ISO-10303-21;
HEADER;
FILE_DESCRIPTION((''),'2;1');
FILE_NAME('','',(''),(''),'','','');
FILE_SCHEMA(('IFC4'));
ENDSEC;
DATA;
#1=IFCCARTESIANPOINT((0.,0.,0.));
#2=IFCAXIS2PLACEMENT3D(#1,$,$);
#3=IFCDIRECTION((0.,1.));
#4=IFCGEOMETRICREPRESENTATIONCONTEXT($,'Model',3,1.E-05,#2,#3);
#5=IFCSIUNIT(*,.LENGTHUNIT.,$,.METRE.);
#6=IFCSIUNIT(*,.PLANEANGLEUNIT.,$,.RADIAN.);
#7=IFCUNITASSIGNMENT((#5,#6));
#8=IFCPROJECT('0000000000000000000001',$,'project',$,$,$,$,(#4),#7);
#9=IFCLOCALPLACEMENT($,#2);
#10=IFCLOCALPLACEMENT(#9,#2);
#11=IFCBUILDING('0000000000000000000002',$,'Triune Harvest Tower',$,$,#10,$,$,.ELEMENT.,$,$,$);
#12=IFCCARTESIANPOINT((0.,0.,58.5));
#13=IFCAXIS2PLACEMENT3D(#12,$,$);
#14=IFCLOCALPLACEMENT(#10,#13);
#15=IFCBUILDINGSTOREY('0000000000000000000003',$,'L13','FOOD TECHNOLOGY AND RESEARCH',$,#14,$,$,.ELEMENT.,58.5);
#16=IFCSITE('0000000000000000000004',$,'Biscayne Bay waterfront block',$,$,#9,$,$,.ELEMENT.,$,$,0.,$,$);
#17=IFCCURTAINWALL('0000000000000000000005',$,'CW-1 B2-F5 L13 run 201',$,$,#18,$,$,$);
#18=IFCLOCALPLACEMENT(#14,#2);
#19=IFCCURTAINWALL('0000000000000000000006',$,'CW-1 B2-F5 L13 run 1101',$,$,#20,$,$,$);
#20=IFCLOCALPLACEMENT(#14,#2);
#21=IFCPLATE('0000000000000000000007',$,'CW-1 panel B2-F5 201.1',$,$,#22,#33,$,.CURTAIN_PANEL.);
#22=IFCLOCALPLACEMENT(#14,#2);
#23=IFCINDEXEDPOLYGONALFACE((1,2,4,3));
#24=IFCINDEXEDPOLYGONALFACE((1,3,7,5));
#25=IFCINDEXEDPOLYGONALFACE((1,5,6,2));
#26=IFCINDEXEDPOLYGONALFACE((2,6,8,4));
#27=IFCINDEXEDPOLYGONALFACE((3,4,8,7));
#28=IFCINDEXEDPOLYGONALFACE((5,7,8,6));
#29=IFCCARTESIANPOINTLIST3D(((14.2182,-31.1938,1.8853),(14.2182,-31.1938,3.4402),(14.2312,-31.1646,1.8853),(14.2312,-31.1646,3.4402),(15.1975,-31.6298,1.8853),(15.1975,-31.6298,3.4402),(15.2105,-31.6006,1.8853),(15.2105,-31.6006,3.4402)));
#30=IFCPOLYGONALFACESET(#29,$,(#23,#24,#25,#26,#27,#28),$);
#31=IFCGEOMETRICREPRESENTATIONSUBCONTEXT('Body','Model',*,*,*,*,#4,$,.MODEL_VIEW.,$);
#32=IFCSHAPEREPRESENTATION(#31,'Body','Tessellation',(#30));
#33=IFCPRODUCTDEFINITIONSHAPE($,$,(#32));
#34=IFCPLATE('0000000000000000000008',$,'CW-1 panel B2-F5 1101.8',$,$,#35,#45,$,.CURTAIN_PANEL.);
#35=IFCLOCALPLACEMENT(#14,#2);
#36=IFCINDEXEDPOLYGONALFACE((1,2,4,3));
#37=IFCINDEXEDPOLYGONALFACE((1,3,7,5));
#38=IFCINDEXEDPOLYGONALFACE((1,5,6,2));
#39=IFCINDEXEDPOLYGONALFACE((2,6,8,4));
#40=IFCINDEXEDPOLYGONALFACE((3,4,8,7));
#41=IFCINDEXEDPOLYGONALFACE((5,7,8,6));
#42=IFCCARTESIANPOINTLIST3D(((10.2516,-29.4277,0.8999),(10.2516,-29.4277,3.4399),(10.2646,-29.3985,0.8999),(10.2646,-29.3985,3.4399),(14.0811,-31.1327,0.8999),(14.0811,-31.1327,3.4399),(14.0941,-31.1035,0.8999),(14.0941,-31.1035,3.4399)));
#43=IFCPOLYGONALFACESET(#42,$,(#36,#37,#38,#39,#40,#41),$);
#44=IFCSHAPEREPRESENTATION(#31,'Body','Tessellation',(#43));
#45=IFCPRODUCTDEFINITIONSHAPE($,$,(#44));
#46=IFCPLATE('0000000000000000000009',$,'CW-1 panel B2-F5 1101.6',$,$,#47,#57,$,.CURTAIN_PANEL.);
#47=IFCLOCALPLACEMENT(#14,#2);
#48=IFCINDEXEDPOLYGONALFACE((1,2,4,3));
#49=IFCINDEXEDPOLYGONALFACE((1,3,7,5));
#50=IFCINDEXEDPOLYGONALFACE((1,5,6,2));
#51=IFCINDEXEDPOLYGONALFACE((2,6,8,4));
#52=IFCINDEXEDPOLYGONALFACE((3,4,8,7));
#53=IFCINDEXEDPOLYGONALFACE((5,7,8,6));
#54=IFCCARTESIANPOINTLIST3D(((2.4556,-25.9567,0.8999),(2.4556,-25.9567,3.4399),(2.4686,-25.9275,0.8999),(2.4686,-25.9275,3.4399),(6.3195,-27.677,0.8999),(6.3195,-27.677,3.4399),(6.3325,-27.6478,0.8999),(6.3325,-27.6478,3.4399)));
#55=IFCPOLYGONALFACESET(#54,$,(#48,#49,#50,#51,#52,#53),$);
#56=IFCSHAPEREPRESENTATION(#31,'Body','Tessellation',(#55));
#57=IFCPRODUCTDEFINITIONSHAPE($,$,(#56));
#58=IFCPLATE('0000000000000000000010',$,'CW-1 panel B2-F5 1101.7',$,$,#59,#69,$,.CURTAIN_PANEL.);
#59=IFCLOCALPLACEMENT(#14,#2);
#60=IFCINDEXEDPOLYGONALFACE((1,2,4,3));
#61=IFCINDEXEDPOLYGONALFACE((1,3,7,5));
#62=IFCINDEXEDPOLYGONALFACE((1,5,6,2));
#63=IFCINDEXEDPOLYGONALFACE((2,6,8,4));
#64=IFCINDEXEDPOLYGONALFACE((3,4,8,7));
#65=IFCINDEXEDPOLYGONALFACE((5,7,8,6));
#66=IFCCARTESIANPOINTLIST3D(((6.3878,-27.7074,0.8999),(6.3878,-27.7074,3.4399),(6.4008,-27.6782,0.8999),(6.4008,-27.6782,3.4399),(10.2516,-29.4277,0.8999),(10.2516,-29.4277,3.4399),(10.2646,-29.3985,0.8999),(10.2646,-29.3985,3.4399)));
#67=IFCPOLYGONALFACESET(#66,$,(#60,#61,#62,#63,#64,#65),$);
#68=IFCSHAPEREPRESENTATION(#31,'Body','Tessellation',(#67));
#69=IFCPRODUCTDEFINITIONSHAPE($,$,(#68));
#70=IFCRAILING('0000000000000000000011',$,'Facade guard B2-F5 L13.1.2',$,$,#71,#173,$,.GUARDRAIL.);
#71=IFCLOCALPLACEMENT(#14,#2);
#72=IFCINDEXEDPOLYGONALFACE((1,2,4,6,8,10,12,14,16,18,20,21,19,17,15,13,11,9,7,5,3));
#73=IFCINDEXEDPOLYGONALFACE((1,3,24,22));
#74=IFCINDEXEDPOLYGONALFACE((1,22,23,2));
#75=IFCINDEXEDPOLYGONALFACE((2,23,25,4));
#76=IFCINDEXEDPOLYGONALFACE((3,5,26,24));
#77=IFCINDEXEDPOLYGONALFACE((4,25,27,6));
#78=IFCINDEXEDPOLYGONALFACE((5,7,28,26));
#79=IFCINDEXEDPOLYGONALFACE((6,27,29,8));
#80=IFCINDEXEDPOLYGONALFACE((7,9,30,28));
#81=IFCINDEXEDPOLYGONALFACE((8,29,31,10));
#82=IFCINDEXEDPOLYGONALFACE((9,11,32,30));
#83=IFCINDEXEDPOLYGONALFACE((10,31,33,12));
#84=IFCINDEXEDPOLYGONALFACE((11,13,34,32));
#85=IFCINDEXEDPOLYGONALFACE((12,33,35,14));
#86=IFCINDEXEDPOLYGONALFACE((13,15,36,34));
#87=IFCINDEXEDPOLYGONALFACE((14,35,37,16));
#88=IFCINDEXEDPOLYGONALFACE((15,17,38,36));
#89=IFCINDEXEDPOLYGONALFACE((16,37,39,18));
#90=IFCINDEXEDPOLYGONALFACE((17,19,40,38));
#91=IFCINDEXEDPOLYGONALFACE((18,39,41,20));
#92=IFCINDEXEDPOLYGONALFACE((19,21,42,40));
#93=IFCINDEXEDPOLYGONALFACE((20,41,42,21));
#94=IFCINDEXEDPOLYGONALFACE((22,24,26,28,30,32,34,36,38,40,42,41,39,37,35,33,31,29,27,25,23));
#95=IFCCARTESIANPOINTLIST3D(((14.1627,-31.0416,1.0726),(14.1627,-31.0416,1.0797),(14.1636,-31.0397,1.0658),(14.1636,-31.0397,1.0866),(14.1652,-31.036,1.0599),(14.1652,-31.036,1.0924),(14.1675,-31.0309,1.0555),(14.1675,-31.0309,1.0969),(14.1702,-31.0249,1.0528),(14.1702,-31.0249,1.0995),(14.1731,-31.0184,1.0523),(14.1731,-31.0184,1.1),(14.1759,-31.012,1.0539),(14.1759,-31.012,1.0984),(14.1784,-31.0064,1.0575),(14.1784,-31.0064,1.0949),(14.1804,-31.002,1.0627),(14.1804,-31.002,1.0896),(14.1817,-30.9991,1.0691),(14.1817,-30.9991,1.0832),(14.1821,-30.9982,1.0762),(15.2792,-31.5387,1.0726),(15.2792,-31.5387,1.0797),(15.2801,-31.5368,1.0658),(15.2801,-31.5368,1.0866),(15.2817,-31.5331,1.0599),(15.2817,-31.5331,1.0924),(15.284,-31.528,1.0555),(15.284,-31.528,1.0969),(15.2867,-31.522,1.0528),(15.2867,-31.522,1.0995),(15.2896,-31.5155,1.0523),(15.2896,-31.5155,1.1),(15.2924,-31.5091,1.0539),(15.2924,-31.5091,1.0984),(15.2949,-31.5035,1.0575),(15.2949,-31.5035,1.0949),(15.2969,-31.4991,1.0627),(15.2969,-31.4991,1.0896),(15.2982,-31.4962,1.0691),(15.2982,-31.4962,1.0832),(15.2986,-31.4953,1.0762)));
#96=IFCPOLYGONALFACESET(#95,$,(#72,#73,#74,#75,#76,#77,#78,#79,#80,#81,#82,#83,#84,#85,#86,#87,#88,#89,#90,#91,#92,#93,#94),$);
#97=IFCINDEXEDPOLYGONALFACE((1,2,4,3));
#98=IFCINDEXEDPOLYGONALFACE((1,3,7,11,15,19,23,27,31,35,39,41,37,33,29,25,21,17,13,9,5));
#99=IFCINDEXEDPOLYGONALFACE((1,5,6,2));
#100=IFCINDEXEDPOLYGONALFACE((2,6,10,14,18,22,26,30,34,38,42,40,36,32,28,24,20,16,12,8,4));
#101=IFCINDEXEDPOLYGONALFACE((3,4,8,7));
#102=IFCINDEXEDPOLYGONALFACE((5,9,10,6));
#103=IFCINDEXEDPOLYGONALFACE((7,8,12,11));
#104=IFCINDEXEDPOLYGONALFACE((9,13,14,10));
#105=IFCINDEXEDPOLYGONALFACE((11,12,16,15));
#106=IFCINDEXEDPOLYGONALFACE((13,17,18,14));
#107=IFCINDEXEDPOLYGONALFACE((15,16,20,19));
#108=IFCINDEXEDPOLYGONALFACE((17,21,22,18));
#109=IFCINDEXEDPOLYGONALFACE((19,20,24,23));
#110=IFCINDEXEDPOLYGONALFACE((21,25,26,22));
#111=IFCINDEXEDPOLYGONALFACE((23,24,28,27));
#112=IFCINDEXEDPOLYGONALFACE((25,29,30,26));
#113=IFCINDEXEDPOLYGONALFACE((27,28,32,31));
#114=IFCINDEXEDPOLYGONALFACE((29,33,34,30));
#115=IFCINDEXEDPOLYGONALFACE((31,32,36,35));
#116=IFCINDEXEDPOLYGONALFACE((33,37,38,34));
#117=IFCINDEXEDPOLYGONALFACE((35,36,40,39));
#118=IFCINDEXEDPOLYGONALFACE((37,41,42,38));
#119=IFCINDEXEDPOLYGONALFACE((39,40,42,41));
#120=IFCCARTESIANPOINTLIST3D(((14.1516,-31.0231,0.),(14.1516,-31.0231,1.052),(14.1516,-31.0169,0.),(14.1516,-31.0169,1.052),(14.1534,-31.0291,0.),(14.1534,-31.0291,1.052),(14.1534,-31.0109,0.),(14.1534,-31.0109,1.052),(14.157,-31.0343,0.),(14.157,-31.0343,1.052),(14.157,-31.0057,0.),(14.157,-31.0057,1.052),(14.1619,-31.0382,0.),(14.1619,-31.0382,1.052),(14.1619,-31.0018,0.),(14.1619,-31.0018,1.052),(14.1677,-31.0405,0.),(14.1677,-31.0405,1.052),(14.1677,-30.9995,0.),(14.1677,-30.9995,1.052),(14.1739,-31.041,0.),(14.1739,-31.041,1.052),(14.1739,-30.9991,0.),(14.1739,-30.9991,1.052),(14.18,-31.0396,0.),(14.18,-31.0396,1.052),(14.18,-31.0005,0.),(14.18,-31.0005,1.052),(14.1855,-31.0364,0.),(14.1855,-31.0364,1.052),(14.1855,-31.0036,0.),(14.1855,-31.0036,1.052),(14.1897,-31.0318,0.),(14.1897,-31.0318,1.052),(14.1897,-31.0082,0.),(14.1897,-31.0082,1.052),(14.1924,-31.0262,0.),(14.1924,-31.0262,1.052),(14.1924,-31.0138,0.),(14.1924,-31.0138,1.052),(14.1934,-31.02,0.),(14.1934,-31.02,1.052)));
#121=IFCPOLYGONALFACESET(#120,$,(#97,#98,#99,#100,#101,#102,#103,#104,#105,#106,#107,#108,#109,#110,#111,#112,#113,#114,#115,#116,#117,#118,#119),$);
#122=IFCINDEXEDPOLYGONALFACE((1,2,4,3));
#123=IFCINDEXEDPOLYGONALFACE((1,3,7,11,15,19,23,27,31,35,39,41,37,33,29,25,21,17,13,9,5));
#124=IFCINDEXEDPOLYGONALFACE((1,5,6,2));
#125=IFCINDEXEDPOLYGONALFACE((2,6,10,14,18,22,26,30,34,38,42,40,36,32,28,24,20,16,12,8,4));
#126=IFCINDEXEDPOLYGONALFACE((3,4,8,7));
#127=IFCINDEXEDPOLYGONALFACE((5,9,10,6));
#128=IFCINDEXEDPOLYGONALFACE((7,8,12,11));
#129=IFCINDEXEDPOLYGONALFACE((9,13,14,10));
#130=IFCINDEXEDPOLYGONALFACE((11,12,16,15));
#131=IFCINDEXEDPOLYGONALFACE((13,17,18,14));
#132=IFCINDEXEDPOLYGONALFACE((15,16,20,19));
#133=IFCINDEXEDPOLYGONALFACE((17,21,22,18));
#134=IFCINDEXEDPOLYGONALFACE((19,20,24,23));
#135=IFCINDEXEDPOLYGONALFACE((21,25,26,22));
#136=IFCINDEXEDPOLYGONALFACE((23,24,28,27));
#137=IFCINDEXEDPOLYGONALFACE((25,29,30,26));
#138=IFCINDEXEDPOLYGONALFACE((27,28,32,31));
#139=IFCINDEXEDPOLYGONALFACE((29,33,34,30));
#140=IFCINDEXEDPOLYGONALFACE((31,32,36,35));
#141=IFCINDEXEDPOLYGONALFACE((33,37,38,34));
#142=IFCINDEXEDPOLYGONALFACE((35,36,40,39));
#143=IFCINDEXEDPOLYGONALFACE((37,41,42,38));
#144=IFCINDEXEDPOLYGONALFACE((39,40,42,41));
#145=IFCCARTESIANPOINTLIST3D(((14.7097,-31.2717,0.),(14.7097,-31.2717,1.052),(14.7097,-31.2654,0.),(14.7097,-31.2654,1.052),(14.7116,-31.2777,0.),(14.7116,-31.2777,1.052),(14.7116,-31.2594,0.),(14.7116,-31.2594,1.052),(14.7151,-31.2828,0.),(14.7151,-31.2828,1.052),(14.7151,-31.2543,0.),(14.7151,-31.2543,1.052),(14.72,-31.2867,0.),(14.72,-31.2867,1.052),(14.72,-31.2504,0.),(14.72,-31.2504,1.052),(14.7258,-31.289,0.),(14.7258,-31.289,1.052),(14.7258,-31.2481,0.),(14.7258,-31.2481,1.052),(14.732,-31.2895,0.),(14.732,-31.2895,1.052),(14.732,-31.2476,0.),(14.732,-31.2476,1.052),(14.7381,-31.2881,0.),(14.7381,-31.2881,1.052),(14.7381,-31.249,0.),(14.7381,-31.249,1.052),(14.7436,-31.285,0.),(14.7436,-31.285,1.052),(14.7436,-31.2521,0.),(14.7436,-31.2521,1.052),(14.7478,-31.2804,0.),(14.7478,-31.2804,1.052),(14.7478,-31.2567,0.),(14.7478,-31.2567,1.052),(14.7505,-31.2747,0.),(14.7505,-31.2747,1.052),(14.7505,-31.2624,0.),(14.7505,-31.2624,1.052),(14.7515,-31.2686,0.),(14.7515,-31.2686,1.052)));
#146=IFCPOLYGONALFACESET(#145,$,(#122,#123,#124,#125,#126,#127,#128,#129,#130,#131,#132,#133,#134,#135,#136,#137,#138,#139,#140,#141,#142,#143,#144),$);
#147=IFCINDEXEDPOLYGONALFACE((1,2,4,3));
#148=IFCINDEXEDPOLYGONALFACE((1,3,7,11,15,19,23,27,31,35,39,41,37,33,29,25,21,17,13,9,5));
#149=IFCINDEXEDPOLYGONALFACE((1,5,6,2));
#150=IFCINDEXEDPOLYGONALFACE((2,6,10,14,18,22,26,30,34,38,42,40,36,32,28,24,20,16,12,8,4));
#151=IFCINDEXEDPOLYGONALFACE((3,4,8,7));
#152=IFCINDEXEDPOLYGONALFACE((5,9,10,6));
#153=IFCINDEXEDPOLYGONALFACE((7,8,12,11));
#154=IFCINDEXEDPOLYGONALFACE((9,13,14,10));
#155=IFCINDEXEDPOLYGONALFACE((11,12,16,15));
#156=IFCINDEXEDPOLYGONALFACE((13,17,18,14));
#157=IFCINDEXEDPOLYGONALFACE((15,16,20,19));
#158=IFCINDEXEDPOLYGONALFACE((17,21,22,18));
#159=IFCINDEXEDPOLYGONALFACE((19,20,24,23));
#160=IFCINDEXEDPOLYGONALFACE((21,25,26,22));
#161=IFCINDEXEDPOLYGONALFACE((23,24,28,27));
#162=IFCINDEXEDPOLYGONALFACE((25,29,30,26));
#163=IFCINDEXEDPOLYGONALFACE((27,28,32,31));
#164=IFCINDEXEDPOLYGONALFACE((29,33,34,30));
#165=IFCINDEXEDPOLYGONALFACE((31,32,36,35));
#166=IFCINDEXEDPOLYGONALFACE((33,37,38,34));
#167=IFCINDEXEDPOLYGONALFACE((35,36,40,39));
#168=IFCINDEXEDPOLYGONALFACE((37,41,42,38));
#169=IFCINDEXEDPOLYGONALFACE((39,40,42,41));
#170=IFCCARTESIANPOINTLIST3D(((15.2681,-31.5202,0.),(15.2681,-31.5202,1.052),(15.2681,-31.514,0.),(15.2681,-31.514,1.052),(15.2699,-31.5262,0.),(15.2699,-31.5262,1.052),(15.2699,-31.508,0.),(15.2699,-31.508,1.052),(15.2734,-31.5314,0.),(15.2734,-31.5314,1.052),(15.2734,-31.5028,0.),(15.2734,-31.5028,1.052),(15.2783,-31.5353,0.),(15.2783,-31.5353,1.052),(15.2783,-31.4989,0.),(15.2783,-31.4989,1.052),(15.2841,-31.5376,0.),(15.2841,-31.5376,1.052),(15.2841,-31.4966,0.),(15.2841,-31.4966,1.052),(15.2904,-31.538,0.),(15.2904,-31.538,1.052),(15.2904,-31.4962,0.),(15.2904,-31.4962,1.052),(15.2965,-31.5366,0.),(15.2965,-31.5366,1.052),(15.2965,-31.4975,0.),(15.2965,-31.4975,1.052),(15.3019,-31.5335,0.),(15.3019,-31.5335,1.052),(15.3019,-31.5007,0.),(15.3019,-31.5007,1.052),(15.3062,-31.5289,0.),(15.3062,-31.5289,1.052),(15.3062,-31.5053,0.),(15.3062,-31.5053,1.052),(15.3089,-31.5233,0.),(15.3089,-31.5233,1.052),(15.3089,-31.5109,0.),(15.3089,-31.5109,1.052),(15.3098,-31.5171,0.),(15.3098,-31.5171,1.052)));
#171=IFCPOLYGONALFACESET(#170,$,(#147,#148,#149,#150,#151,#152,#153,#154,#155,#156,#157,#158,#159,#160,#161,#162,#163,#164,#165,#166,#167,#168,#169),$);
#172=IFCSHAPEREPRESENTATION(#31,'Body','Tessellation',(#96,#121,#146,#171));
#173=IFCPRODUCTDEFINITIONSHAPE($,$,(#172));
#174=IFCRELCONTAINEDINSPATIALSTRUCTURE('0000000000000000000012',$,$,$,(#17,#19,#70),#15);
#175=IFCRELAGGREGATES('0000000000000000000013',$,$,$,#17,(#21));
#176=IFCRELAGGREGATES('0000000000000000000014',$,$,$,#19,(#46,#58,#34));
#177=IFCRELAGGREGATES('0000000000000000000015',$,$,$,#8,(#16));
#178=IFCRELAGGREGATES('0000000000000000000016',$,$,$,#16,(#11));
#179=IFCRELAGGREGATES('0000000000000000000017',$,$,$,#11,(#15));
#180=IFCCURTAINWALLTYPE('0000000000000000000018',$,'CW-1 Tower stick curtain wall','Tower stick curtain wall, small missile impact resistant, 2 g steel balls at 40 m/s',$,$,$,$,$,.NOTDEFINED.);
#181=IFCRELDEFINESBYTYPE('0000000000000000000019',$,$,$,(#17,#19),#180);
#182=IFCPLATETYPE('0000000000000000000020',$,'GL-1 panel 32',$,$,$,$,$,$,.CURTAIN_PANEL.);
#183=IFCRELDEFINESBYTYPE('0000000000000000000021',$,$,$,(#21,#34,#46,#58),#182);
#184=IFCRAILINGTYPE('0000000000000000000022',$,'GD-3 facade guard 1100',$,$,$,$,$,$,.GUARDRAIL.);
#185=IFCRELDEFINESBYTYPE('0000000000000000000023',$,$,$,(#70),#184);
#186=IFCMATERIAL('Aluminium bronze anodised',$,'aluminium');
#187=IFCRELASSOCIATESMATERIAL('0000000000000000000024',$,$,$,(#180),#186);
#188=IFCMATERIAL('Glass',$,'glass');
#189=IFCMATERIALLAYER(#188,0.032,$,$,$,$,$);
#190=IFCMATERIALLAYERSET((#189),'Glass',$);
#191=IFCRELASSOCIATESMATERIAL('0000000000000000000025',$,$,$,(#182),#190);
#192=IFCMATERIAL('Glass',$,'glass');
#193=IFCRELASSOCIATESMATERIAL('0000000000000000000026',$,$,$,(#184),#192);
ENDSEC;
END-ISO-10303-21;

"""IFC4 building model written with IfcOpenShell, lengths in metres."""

from ifc_helpers import new_model, si_unit, direction, frame, origin, origin_2d, place, context, subcontext, project, spatial, rectangle, circle, extrude, source, transform, mapped, material, layer, layer_set, type_object, element, aggregate, save


model = new_model("IFC4")

# Units and contexts
model_context = context("Model", 3, precision=1e-05, world=origin(), true_north=direction((0.0, 1.0)))
body_context = subcontext(model_context, "Body", "Model", "MODEL_VIEW")
ifc_project = project(units=[si_unit("LENGTHUNIT", "METRE"), si_unit("PLANEANGLEUNIT", "RADIAN")], contexts=[model_context])

# Site, building, storey
site_placement = place(None, origin())
site = spatial("IfcSite", under=ifc_project, at=site_placement, Name="Biscayne Bay waterfront block", CompositionType="ELEMENT", RefElevation=0.0)
building_placement = place(site_placement, origin())
building = spatial("IfcBuilding", under=site, at=building_placement, Name="Triune Harvest Tower", CompositionType="ELEMENT")
storey_placement = place(building_placement, frame((0.0, 0.0, 58.5)))
storey = spatial("IfcBuildingStorey", under=building, at=storey_placement, Name="L13", Description="FOOD TECHNOLOGY AND RESEARCH", CompositionType="ELEMENT", Elevation=58.5)

# Curtain walls
ifc_material_1 = material(Name="Aluminium bronze anodised", Category="aluminium")
curtain_wall_type = type_object("IfcCurtainWallType", Name="CW-1 Tower stick curtain wall", Description="Tower stick curtain wall, small missile impact resistant, 2 g steel balls at 40 m/s", PredefinedType="NOTDEFINED", material=ifc_material_1)
curtain_wall_1_placement = place(storey_placement, origin())
curtain_wall_1 = element("IfcCurtainWall", 1, at=curtain_wall_1_placement, inside=storey, type_object=curtain_wall_type, Name="CW-1 B2-F5 L13 run 201")
curtain_wall_2_placement = place(storey_placement, origin())
curtain_wall_2 = element("IfcCurtainWall", 2, at=curtain_wall_2_placement, inside=storey, type_object=curtain_wall_type, Name="CW-1 B2-F5 L13 run 1101")

# Plates
ifc_material_2 = material(Name="Glass", Category="glass")
ifc_layer = layer(ifc_material_2, 0.032)
ifc_layer_set = layer_set([ifc_layer], Name="Glass")
plate_type = type_object("IfcPlateType", Name="GL-1 panel 32", PredefinedType="CURTAIN_PANEL", material=ifc_layer_set)
plate_1_placement = place(storey_placement, frame((14.7144, -31.3972, 1.8853), z_axis=(0.0, 0.0, 1.0), x_axis=(0.913548, -0.406731, 0.0)))
plate_1 = element("IfcPlate", 3, at=plate_1_placement, type_object=plate_type, Name="CW-1 panel B2-F5 201.1", PredefinedType="CURTAIN_PANEL", context=body_context, shape_type="SweptSolid", body=[
    extrude(rectangle(XDim=1.072, YDim=0.032, at=origin_2d()), origin(), (0.0, 0.0, 1.0), 1.5549),
])
aggregate(curtain_wall_1, [plate_1])
shared_shape_1 = source(origin(), body_context, "Body", "SweptSolid", [
    extrude(rectangle(XDim=4.1919, YDim=0.032, at=origin_2d()), origin(), (0.0, 0.0, 1.0), 2.54),
])
plate_2_placement = place(storey_placement, frame((12.1729, -30.2656, 0.8999), z_axis=(0.0, 0.0, 1.0), x_axis=(0.913545, -0.406738, 0.0)))
plate_2 = element("IfcPlate", 4, at=plate_2_placement, type_object=plate_type, Name="CW-1 panel B2-F5 1101.8", PredefinedType="CURTAIN_PANEL", context=body_context, shape_type="MappedRepresentation", body=[
    mapped(shared_shape_1, transform((0.0, 0.0, 0.0), scale=1.0)),
])
shared_shape_2 = source(origin(), body_context, "Body", "SweptSolid", [
    extrude(rectangle(XDim=4.2295, YDim=0.032, at=origin_2d()), origin(), (0.0, 0.0, 1.0), 2.54),
])
plate_3_placement = place(storey_placement, frame((4.394, -26.8022, 0.8999), z_axis=(0.0, 0.0, 1.0), x_axis=(0.913545, -0.406738, 0.0)))
plate_3 = element("IfcPlate", 5, at=plate_3_placement, type_object=plate_type, Name="CW-1 panel B2-F5 1101.6", PredefinedType="CURTAIN_PANEL", context=body_context, shape_type="MappedRepresentation", body=[
    mapped(shared_shape_2, transform((0.0, 0.0, 0.0), scale=1.0)),
])
plate_4_placement = place(storey_placement, frame((8.3262, -28.553, 0.8999), z_axis=(0.0, 0.0, 1.0), x_axis=(0.913545, -0.406738, 0.0)))
plate_4 = element("IfcPlate", 6, at=plate_4_placement, type_object=plate_type, Name="CW-1 panel B2-F5 1101.7", PredefinedType="CURTAIN_PANEL", context=body_context, shape_type="MappedRepresentation", body=[
    mapped(shared_shape_2, transform((0.0, 0.0, 0.0), scale=1.0)),
])
aggregate(curtain_wall_2, [plate_3, plate_4, plate_2])

# Railing
ifc_material_3 = material(Name="Glass", Category="glass")
railing_type = type_object("IfcRailingType", Name="GD-3 facade guard 1100", PredefinedType="GUARDRAIL", material=ifc_material_3)
railing_placement = place(storey_placement, frame((14.1724, -31.02, 0.0)))
element("IfcRailing", 7, at=railing_placement, inside=storey, type_object=railing_type, Name="Facade guard B2-F5 L13.1.2", PredefinedType="GUARDRAIL", context=body_context, shape_type="SweptSolid", body=[
    extrude(circle(Radius=0.0239, at=origin_2d()), frame((0.0, 0.0, 1.0762), z_axis=(0.913548, -0.406732, 0.0), x_axis=(0.406732, 0.913548, 0.0)), (0.0, 0.0, 1.0), 1.2222),
    extrude(circle(Radius=0.021, at=origin_2d()), origin(), (0.0, 0.0, 1.0), 1.052),
    extrude(circle(Radius=0.021, at=origin_2d()), frame((0.5581, -0.2485, 0.0)), (0.0, 0.0, 1.0), 1.052),
    extrude(circle(Radius=0.021, at=origin_2d()), frame((1.1165, -0.4971, 0.0)), (0.0, 0.0, 1.0), 1.052),
])

save(model, "model.ifc")
